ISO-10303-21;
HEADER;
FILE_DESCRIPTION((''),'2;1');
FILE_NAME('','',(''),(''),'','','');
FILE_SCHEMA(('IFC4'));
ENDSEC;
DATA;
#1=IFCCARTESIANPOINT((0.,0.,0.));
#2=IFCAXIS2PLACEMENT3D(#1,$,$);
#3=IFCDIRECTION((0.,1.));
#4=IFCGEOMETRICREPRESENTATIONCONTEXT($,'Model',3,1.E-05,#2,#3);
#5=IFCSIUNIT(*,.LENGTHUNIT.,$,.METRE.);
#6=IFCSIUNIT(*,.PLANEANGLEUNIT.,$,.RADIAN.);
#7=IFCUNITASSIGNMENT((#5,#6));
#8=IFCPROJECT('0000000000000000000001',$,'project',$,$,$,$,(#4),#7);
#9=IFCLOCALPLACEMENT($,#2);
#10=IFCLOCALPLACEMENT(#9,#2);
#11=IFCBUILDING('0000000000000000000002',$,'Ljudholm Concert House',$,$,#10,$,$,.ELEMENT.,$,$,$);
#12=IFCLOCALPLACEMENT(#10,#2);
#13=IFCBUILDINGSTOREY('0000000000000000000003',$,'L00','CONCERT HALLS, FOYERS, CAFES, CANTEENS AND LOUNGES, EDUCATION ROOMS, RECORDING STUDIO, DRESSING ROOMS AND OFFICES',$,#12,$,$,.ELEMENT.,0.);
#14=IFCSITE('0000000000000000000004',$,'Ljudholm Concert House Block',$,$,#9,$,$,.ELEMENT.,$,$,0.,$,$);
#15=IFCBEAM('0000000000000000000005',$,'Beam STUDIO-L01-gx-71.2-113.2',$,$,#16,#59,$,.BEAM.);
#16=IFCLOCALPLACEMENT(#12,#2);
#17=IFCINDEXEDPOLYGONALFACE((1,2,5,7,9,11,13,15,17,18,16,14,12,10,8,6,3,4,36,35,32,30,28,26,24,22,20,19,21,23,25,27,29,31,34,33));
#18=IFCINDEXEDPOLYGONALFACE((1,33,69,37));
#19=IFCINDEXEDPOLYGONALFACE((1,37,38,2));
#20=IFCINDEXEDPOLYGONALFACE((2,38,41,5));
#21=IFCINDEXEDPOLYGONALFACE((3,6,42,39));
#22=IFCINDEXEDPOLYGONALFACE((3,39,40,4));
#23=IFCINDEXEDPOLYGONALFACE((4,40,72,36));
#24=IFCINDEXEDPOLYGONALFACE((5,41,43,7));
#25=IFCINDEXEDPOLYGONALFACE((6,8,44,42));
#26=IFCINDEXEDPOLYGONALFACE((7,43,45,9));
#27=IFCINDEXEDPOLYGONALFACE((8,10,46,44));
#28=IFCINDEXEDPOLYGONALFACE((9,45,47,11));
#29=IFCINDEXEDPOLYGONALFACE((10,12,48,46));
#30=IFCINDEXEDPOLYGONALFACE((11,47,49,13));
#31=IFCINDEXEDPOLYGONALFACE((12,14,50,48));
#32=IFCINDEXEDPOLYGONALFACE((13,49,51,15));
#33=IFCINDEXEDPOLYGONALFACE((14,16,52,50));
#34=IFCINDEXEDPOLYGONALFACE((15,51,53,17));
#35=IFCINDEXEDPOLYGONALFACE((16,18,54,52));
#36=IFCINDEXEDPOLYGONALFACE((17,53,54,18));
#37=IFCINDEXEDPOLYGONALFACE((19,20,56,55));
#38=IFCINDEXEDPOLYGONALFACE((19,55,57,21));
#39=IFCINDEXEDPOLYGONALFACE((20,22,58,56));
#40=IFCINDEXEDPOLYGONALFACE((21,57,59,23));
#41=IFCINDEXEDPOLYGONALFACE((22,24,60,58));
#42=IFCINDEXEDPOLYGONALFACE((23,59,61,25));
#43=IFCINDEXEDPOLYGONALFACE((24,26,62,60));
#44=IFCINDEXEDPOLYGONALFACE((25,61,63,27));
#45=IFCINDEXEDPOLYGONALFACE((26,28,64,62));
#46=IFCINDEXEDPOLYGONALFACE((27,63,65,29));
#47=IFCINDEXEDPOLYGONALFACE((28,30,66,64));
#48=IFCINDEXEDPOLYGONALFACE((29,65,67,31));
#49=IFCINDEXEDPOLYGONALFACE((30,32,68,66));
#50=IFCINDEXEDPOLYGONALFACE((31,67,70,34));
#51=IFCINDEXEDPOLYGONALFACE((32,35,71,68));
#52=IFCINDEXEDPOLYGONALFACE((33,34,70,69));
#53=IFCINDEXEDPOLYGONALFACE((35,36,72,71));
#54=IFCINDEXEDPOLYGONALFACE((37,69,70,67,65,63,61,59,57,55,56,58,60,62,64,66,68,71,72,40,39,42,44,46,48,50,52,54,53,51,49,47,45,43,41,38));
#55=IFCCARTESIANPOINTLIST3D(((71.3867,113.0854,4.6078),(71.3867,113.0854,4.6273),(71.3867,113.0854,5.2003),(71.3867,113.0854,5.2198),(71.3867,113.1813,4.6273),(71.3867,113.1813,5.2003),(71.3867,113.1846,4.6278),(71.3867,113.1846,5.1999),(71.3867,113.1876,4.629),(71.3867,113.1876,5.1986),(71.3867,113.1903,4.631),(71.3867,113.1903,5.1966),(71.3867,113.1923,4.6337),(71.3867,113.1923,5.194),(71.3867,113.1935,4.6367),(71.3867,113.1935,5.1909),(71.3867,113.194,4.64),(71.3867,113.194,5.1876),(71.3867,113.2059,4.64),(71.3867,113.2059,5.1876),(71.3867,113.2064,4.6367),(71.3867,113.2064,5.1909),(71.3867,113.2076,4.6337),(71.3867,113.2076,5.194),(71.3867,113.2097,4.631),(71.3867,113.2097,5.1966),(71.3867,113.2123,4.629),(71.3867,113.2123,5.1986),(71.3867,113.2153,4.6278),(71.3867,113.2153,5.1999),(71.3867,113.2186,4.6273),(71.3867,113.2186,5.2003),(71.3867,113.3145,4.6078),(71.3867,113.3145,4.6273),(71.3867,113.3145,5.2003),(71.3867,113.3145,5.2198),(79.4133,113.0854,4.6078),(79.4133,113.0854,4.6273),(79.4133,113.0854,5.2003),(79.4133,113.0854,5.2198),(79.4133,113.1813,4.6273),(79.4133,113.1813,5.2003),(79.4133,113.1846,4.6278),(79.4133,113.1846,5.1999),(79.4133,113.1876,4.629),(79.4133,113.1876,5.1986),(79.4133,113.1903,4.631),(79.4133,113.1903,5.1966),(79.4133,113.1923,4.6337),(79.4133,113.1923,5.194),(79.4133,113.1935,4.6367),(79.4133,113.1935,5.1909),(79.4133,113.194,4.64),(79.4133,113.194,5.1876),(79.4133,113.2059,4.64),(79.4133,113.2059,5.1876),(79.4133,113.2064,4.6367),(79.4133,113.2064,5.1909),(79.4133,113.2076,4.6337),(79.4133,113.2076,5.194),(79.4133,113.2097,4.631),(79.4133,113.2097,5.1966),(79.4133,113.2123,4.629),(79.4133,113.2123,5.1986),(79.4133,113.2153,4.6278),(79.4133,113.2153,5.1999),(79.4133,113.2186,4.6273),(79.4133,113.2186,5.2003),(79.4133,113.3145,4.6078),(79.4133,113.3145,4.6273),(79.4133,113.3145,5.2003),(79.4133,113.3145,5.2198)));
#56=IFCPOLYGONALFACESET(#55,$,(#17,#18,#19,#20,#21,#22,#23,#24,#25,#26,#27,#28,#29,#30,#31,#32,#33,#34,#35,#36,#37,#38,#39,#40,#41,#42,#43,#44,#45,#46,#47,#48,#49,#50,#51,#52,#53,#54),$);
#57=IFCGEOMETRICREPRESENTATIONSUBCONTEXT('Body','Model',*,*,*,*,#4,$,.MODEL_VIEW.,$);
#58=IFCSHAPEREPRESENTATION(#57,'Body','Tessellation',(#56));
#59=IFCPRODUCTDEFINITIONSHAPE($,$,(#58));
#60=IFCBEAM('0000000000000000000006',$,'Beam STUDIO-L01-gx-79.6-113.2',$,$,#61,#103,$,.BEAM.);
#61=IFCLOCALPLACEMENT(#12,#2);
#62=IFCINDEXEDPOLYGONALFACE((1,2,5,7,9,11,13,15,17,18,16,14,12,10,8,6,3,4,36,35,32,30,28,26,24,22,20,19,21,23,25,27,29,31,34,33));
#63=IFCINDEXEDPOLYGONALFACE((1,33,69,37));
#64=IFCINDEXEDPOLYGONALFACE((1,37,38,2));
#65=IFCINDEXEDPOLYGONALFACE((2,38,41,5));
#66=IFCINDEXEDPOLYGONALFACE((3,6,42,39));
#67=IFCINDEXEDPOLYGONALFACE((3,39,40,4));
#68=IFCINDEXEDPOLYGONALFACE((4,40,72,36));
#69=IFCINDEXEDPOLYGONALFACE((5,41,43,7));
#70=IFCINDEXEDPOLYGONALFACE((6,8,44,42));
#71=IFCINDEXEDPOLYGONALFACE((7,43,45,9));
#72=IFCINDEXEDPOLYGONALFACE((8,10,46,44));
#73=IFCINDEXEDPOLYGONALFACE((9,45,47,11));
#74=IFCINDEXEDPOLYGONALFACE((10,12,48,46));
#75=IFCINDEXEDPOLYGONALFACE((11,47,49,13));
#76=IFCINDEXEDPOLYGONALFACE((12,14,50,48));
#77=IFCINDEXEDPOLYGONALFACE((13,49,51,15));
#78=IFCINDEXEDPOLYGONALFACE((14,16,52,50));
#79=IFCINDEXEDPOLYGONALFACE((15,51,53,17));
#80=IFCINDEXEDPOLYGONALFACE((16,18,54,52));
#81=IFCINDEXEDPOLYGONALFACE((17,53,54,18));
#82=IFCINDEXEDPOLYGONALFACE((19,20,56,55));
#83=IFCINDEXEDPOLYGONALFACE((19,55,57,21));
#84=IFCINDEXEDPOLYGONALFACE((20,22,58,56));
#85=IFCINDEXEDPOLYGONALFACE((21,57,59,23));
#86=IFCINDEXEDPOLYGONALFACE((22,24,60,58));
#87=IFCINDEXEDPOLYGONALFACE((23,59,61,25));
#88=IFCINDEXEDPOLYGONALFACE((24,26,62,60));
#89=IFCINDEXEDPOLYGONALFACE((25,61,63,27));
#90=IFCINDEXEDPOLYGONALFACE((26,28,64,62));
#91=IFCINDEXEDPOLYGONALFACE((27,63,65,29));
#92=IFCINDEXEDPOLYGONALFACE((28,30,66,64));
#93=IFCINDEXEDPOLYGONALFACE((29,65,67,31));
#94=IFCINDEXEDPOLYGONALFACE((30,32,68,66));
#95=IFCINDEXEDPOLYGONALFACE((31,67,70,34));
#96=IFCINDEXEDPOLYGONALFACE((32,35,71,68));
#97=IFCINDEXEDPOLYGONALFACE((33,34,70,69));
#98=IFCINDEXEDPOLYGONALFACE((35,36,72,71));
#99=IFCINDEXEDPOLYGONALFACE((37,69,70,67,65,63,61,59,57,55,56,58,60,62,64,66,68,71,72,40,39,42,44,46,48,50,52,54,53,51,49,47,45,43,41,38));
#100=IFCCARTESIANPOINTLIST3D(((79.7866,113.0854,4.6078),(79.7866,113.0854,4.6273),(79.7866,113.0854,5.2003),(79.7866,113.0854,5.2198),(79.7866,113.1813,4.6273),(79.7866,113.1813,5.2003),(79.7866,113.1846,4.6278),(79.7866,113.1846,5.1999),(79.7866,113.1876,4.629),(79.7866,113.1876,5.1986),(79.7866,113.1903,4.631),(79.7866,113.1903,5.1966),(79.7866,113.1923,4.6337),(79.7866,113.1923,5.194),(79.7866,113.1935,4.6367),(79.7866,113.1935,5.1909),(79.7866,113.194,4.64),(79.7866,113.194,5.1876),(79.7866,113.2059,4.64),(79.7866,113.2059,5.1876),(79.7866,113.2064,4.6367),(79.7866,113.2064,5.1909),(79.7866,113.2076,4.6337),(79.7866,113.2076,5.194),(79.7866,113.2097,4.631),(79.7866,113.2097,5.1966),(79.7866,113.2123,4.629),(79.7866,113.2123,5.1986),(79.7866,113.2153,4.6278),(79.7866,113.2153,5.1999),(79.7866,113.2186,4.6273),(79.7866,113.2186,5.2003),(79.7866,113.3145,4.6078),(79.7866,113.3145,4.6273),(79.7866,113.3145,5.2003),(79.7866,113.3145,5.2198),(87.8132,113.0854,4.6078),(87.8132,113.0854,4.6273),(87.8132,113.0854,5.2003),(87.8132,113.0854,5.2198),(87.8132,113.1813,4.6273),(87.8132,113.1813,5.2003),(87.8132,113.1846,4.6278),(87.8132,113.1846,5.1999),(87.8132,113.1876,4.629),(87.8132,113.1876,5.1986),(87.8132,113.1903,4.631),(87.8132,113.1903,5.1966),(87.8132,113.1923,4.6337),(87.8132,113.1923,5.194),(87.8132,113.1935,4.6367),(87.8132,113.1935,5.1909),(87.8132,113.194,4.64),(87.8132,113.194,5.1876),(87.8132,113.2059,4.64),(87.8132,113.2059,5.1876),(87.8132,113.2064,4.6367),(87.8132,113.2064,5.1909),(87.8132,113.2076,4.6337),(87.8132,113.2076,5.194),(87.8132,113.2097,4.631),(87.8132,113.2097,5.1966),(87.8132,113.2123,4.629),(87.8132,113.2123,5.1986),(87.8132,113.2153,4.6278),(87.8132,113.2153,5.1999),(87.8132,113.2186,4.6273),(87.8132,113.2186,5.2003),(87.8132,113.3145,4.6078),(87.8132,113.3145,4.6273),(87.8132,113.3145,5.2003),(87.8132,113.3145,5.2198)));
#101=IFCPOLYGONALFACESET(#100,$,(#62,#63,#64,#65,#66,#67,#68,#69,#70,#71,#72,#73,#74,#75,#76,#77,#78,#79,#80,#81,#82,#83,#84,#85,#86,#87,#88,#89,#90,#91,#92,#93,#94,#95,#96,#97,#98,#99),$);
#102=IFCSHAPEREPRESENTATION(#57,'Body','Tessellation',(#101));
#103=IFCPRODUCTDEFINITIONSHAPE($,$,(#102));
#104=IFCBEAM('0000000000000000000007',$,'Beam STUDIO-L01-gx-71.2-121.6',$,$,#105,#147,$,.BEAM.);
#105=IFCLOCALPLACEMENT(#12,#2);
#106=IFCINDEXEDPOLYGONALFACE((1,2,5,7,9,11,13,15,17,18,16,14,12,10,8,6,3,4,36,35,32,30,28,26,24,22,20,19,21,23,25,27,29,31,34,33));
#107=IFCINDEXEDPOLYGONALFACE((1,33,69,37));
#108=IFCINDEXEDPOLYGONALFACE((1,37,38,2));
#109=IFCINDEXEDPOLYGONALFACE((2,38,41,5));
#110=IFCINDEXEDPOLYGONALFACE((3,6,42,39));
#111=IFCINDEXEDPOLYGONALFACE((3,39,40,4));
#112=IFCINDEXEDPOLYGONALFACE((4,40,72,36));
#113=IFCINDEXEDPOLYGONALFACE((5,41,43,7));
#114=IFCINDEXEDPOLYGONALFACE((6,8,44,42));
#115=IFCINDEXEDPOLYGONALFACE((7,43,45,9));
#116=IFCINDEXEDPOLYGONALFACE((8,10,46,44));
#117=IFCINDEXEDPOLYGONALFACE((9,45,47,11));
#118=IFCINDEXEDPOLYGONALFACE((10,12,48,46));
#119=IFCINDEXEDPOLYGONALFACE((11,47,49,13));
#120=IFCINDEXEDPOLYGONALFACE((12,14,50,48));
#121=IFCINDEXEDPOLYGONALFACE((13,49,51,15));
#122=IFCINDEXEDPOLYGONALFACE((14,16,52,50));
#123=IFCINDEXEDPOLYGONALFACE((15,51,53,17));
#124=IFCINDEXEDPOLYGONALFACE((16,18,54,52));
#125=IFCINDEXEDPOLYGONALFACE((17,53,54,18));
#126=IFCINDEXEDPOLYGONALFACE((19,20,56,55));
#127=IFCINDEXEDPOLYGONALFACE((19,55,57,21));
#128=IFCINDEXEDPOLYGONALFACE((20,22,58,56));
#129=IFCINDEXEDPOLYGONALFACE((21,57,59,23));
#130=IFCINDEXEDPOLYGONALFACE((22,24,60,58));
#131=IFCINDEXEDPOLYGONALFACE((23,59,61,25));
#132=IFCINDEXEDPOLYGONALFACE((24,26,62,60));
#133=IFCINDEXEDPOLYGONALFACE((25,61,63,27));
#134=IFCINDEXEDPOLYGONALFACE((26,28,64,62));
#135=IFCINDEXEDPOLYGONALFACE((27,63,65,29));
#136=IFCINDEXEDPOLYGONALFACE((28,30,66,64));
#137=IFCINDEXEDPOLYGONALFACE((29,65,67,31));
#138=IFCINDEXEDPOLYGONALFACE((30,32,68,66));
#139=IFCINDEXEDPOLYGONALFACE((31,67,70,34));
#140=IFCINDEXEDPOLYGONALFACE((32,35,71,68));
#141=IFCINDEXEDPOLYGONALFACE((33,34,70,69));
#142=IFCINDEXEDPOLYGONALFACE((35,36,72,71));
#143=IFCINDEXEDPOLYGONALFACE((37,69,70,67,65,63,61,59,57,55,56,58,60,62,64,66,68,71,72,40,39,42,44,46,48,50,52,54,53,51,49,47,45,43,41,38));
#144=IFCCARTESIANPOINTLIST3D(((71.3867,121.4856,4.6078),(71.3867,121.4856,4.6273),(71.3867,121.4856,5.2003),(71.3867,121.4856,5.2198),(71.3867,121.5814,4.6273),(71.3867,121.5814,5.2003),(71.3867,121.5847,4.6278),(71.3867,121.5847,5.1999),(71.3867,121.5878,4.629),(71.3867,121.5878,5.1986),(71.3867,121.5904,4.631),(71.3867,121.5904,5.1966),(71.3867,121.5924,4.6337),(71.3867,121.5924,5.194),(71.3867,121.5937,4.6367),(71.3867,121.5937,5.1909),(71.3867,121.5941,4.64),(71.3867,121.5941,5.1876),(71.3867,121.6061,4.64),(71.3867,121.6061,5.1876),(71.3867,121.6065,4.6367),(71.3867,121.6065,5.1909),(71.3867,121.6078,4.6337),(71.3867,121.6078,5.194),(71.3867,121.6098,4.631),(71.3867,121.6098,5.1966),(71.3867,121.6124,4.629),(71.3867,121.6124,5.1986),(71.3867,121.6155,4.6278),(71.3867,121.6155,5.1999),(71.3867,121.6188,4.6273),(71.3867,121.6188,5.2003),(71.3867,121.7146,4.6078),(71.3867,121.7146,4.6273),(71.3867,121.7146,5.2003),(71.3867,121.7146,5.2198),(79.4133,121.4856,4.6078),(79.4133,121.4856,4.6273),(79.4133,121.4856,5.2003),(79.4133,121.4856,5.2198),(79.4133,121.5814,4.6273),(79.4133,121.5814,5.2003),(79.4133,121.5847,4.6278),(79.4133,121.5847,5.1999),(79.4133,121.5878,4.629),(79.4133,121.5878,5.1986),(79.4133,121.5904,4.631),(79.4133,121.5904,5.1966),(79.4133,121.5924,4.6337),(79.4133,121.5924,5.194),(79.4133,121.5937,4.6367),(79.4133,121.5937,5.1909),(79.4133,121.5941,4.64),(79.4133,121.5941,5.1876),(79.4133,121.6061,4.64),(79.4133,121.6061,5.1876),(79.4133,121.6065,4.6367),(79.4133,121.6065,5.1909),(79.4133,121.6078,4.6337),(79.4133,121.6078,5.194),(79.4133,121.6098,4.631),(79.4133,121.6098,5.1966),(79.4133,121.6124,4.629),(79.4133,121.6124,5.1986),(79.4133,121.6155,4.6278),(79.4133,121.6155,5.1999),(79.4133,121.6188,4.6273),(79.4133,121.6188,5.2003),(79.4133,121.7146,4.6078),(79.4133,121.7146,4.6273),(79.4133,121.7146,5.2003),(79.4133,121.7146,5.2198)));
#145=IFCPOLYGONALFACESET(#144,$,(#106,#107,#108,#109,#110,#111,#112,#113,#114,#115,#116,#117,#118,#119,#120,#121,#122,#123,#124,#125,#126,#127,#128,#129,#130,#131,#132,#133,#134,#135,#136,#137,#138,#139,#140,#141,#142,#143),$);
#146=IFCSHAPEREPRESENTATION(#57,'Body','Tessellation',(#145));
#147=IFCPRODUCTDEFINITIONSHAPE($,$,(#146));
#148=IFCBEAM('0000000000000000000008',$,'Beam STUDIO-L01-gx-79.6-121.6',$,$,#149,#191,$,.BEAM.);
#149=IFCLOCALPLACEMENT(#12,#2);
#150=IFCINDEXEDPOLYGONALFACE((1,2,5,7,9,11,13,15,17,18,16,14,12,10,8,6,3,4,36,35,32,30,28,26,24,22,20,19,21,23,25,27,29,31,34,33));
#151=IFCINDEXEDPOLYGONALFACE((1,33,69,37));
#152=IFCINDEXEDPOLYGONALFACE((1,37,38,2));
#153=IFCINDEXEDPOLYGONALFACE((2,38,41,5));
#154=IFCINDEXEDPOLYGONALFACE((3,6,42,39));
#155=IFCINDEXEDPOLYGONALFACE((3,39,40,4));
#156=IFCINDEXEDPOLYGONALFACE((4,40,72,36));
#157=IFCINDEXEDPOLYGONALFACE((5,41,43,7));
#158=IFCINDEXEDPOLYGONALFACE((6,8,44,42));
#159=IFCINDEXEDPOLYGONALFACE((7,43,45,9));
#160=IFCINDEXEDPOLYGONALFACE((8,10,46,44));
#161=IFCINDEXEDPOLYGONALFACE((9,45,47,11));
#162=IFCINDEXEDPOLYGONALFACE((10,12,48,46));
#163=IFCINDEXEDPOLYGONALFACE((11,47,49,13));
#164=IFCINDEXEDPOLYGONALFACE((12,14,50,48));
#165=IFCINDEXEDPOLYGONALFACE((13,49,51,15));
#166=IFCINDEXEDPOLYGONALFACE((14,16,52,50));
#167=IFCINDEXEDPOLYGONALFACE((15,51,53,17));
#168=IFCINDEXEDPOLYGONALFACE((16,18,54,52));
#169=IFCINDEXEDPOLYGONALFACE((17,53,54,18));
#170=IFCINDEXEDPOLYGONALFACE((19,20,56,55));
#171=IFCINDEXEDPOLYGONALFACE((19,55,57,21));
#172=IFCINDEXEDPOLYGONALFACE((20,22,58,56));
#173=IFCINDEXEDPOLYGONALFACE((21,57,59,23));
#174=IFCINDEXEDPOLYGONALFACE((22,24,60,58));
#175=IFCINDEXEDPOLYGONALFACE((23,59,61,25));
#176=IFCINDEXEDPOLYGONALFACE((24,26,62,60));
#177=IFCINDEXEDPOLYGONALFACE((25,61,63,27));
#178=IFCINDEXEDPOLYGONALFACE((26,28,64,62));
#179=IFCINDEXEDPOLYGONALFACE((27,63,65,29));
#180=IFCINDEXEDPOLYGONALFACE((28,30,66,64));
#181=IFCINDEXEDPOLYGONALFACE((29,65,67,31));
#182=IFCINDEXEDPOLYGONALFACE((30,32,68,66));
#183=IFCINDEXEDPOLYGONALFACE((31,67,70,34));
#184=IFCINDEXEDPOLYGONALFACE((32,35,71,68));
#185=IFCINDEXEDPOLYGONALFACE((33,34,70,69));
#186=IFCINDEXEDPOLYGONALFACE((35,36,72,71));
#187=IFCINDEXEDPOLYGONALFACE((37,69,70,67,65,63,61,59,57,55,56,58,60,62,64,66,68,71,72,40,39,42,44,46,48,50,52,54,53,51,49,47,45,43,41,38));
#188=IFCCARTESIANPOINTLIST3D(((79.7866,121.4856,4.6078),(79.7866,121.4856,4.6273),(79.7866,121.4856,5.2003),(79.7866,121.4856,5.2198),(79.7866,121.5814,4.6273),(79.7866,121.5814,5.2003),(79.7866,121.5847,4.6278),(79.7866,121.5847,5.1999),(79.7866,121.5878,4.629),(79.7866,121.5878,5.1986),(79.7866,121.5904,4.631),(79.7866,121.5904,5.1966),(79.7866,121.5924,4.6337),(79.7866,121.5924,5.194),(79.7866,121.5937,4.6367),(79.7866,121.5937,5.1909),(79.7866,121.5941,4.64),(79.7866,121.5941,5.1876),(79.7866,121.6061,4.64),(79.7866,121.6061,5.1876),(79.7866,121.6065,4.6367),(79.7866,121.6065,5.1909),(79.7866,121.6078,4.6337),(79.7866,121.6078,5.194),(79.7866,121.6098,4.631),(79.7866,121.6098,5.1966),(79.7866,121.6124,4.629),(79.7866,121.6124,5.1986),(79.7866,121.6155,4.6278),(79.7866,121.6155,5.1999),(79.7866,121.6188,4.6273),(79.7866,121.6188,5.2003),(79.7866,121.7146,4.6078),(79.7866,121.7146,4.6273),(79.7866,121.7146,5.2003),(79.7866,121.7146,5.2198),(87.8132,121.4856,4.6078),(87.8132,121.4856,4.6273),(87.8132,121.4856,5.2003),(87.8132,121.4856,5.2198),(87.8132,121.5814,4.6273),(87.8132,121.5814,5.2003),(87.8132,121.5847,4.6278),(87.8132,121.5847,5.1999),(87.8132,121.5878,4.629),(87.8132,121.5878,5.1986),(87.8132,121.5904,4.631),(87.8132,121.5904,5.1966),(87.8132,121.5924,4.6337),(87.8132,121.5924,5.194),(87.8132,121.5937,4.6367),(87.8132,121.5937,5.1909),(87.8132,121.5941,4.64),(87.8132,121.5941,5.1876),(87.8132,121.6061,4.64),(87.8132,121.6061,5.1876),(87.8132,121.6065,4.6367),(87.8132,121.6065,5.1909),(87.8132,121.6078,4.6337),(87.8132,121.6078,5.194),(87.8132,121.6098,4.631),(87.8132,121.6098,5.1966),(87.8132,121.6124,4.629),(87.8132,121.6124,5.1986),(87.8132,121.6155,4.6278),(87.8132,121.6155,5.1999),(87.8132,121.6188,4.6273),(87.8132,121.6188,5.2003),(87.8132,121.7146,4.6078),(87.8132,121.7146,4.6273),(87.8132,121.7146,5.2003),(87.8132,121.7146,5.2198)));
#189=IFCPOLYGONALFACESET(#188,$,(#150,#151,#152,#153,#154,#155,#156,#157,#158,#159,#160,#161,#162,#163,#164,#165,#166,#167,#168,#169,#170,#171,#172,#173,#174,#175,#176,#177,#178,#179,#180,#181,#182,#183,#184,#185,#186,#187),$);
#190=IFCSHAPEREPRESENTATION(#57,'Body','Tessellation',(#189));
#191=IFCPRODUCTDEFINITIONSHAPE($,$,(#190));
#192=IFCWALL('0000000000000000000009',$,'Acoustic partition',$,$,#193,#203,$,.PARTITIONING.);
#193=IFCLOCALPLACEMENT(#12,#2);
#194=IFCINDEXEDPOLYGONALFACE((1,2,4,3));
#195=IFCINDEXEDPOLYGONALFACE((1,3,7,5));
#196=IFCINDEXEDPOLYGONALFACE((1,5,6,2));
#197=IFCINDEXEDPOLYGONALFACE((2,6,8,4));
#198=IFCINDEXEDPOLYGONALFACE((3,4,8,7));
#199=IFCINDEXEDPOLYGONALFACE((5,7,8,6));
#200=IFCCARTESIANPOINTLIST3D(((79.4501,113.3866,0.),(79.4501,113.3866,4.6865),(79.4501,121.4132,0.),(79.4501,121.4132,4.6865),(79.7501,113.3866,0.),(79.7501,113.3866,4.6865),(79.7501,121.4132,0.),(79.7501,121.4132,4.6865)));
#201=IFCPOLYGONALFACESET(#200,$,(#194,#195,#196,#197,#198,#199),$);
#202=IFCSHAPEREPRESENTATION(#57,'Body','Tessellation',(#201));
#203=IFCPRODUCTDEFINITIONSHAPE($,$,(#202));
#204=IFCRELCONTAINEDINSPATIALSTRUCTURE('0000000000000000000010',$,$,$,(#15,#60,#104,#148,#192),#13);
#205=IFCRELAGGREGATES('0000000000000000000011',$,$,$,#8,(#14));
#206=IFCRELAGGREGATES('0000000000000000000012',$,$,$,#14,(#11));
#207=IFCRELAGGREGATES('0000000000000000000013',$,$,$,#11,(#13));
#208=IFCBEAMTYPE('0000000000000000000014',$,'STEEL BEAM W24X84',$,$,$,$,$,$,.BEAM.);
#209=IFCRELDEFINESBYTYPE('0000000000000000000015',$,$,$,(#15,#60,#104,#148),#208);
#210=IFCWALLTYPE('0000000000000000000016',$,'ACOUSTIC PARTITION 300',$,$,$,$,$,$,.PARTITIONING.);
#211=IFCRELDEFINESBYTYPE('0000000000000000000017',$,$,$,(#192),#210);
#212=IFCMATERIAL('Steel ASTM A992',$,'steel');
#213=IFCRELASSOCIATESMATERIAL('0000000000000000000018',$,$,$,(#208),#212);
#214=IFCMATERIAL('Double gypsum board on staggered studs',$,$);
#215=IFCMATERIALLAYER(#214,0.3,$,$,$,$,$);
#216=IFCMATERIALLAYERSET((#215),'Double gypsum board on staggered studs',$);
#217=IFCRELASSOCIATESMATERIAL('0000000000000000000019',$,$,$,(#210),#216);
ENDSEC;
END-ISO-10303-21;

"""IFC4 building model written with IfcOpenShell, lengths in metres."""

from ifc_helpers import new_model, si_unit, direction, frame, frame_2d, origin, origin_2d, place, context, subcontext, project, spatial, rectangle, i_section, extrude, material, layer, layer_set, material_profile, profile_set, type_object, element, save


model = new_model("IFC4")

# Units and contexts
model_context = context("Model", 3, precision=1e-05, world=origin(), true_north=direction((0.0, 1.0)))
body_context = subcontext(model_context, "Body", "Model", "MODEL_VIEW")
ifc_project = project(units=[si_unit("LENGTHUNIT", "METRE"), si_unit("PLANEANGLEUNIT", "RADIAN")], contexts=[model_context])

# Site, building, storey
site_placement = place(None, origin())
site = spatial("IfcSite", under=ifc_project, at=site_placement, Name="Ljudholm Concert House Block", CompositionType="ELEMENT", RefElevation=0.0)
building_placement = place(site_placement, origin())
building = spatial("IfcBuilding", under=site, at=building_placement, Name="Ljudholm Concert House", CompositionType="ELEMENT")
storey_placement = place(building_placement, origin())
storey = spatial("IfcBuildingStorey", under=building, at=storey_placement, Name="L00", Description="CONCERT HALLS, FOYERS, CAFES, CANTEENS AND LOUNGES, EDUCATION ROOMS, RECORDING STUDIO, DRESSING ROOMS AND OFFICES", CompositionType="ELEMENT", Elevation=0.0)

# Beams
ifc_material_1 = material(Name="Steel ASTM A992", Category="steel")
ifc_material_profile_1 = material_profile(ifc_material_1, i_section(OverallWidth=0.229, OverallDepth=0.6121, WebThickness=0.012, FlangeThickness=0.0195, FilletRadius=0.0127, at=origin_2d()), Name="W24X84")
ifc_profile_set_1 = profile_set([ifc_material_profile_1], Name="Steel ASTM A992")
beam_type_1 = type_object("IfcBeamType", Name="STEEL BEAM W24X84", PredefinedType="BEAM", material=ifc_profile_set_1)
for number, where, z_axis, x_axis, name in (
    (1, (71.3867, 113.2, 4.9138), (1.0, 0.0, 0.0), (0.0, 1.0, 0.0), "Beam STUDIO-L01-gx-71.2-113.2"),
    (2, (79.7866, 113.2, 4.9138), (1.0, 0.0, 0.0), (0.0, 1.0, 0.0), "Beam STUDIO-L01-gx-79.6-113.2"),
    (3, (71.3867, 121.6001, 4.9138), (1.0, 0.0, 0.0), (0.0, 1.0, 0.0), "Beam STUDIO-L01-gx-71.2-121.6"),
    (4, (79.7866, 121.6001, 4.9138), (1.0, 0.0, 0.0), (0.0, 1.0, 0.0), "Beam STUDIO-L01-gx-79.6-121.6"),
):
    element("IfcBeam", number, at=place(storey_placement, frame(where, z_axis=z_axis, x_axis=x_axis)), inside=storey, type_object=beam_type_1, Name=name, PredefinedType="BEAM", context=body_context, shape_type="SweptSolid", body=[
        extrude(i_section(OverallWidth=0.229, OverallDepth=0.6121, WebThickness=0.012, FlangeThickness=0.0195, FilletRadius=0.0127, at=origin_2d()), origin(), (0.0, 0.0, 1.0), 8.0266),
    ])

# Wall
ifc_material_2 = material(Name="Double gypsum board on staggered studs")
ifc_layer_1 = layer(ifc_material_2, 0.3)
ifc_layer_set_1 = layer_set([ifc_layer_1], Name="Double gypsum board on staggered studs")
wall_type_1 = type_object("IfcWallType", Name="ACOUSTIC PARTITION 300", PredefinedType="PARTITIONING", material=ifc_layer_set_1)
wall_1_placement = place(storey_placement, frame((79.6001, 113.3867, 0.0), z_axis=(0.0, 0.0, 1.0), x_axis=(0.0, 1.0, 0.0)))
element("IfcWall", 5, at=wall_1_placement, inside=storey, type_object=wall_type_1, Name="Acoustic partition", PredefinedType="PARTITIONING", context=body_context, shape_type="SweptSolid", body=[
    extrude(rectangle(XDim=8.0266, YDim=0.3, at=frame_2d((4.0132, 0.0))), origin(), (0.0, 0.0, 1.0), 4.6865),
])

save(model, "model.ifc")
